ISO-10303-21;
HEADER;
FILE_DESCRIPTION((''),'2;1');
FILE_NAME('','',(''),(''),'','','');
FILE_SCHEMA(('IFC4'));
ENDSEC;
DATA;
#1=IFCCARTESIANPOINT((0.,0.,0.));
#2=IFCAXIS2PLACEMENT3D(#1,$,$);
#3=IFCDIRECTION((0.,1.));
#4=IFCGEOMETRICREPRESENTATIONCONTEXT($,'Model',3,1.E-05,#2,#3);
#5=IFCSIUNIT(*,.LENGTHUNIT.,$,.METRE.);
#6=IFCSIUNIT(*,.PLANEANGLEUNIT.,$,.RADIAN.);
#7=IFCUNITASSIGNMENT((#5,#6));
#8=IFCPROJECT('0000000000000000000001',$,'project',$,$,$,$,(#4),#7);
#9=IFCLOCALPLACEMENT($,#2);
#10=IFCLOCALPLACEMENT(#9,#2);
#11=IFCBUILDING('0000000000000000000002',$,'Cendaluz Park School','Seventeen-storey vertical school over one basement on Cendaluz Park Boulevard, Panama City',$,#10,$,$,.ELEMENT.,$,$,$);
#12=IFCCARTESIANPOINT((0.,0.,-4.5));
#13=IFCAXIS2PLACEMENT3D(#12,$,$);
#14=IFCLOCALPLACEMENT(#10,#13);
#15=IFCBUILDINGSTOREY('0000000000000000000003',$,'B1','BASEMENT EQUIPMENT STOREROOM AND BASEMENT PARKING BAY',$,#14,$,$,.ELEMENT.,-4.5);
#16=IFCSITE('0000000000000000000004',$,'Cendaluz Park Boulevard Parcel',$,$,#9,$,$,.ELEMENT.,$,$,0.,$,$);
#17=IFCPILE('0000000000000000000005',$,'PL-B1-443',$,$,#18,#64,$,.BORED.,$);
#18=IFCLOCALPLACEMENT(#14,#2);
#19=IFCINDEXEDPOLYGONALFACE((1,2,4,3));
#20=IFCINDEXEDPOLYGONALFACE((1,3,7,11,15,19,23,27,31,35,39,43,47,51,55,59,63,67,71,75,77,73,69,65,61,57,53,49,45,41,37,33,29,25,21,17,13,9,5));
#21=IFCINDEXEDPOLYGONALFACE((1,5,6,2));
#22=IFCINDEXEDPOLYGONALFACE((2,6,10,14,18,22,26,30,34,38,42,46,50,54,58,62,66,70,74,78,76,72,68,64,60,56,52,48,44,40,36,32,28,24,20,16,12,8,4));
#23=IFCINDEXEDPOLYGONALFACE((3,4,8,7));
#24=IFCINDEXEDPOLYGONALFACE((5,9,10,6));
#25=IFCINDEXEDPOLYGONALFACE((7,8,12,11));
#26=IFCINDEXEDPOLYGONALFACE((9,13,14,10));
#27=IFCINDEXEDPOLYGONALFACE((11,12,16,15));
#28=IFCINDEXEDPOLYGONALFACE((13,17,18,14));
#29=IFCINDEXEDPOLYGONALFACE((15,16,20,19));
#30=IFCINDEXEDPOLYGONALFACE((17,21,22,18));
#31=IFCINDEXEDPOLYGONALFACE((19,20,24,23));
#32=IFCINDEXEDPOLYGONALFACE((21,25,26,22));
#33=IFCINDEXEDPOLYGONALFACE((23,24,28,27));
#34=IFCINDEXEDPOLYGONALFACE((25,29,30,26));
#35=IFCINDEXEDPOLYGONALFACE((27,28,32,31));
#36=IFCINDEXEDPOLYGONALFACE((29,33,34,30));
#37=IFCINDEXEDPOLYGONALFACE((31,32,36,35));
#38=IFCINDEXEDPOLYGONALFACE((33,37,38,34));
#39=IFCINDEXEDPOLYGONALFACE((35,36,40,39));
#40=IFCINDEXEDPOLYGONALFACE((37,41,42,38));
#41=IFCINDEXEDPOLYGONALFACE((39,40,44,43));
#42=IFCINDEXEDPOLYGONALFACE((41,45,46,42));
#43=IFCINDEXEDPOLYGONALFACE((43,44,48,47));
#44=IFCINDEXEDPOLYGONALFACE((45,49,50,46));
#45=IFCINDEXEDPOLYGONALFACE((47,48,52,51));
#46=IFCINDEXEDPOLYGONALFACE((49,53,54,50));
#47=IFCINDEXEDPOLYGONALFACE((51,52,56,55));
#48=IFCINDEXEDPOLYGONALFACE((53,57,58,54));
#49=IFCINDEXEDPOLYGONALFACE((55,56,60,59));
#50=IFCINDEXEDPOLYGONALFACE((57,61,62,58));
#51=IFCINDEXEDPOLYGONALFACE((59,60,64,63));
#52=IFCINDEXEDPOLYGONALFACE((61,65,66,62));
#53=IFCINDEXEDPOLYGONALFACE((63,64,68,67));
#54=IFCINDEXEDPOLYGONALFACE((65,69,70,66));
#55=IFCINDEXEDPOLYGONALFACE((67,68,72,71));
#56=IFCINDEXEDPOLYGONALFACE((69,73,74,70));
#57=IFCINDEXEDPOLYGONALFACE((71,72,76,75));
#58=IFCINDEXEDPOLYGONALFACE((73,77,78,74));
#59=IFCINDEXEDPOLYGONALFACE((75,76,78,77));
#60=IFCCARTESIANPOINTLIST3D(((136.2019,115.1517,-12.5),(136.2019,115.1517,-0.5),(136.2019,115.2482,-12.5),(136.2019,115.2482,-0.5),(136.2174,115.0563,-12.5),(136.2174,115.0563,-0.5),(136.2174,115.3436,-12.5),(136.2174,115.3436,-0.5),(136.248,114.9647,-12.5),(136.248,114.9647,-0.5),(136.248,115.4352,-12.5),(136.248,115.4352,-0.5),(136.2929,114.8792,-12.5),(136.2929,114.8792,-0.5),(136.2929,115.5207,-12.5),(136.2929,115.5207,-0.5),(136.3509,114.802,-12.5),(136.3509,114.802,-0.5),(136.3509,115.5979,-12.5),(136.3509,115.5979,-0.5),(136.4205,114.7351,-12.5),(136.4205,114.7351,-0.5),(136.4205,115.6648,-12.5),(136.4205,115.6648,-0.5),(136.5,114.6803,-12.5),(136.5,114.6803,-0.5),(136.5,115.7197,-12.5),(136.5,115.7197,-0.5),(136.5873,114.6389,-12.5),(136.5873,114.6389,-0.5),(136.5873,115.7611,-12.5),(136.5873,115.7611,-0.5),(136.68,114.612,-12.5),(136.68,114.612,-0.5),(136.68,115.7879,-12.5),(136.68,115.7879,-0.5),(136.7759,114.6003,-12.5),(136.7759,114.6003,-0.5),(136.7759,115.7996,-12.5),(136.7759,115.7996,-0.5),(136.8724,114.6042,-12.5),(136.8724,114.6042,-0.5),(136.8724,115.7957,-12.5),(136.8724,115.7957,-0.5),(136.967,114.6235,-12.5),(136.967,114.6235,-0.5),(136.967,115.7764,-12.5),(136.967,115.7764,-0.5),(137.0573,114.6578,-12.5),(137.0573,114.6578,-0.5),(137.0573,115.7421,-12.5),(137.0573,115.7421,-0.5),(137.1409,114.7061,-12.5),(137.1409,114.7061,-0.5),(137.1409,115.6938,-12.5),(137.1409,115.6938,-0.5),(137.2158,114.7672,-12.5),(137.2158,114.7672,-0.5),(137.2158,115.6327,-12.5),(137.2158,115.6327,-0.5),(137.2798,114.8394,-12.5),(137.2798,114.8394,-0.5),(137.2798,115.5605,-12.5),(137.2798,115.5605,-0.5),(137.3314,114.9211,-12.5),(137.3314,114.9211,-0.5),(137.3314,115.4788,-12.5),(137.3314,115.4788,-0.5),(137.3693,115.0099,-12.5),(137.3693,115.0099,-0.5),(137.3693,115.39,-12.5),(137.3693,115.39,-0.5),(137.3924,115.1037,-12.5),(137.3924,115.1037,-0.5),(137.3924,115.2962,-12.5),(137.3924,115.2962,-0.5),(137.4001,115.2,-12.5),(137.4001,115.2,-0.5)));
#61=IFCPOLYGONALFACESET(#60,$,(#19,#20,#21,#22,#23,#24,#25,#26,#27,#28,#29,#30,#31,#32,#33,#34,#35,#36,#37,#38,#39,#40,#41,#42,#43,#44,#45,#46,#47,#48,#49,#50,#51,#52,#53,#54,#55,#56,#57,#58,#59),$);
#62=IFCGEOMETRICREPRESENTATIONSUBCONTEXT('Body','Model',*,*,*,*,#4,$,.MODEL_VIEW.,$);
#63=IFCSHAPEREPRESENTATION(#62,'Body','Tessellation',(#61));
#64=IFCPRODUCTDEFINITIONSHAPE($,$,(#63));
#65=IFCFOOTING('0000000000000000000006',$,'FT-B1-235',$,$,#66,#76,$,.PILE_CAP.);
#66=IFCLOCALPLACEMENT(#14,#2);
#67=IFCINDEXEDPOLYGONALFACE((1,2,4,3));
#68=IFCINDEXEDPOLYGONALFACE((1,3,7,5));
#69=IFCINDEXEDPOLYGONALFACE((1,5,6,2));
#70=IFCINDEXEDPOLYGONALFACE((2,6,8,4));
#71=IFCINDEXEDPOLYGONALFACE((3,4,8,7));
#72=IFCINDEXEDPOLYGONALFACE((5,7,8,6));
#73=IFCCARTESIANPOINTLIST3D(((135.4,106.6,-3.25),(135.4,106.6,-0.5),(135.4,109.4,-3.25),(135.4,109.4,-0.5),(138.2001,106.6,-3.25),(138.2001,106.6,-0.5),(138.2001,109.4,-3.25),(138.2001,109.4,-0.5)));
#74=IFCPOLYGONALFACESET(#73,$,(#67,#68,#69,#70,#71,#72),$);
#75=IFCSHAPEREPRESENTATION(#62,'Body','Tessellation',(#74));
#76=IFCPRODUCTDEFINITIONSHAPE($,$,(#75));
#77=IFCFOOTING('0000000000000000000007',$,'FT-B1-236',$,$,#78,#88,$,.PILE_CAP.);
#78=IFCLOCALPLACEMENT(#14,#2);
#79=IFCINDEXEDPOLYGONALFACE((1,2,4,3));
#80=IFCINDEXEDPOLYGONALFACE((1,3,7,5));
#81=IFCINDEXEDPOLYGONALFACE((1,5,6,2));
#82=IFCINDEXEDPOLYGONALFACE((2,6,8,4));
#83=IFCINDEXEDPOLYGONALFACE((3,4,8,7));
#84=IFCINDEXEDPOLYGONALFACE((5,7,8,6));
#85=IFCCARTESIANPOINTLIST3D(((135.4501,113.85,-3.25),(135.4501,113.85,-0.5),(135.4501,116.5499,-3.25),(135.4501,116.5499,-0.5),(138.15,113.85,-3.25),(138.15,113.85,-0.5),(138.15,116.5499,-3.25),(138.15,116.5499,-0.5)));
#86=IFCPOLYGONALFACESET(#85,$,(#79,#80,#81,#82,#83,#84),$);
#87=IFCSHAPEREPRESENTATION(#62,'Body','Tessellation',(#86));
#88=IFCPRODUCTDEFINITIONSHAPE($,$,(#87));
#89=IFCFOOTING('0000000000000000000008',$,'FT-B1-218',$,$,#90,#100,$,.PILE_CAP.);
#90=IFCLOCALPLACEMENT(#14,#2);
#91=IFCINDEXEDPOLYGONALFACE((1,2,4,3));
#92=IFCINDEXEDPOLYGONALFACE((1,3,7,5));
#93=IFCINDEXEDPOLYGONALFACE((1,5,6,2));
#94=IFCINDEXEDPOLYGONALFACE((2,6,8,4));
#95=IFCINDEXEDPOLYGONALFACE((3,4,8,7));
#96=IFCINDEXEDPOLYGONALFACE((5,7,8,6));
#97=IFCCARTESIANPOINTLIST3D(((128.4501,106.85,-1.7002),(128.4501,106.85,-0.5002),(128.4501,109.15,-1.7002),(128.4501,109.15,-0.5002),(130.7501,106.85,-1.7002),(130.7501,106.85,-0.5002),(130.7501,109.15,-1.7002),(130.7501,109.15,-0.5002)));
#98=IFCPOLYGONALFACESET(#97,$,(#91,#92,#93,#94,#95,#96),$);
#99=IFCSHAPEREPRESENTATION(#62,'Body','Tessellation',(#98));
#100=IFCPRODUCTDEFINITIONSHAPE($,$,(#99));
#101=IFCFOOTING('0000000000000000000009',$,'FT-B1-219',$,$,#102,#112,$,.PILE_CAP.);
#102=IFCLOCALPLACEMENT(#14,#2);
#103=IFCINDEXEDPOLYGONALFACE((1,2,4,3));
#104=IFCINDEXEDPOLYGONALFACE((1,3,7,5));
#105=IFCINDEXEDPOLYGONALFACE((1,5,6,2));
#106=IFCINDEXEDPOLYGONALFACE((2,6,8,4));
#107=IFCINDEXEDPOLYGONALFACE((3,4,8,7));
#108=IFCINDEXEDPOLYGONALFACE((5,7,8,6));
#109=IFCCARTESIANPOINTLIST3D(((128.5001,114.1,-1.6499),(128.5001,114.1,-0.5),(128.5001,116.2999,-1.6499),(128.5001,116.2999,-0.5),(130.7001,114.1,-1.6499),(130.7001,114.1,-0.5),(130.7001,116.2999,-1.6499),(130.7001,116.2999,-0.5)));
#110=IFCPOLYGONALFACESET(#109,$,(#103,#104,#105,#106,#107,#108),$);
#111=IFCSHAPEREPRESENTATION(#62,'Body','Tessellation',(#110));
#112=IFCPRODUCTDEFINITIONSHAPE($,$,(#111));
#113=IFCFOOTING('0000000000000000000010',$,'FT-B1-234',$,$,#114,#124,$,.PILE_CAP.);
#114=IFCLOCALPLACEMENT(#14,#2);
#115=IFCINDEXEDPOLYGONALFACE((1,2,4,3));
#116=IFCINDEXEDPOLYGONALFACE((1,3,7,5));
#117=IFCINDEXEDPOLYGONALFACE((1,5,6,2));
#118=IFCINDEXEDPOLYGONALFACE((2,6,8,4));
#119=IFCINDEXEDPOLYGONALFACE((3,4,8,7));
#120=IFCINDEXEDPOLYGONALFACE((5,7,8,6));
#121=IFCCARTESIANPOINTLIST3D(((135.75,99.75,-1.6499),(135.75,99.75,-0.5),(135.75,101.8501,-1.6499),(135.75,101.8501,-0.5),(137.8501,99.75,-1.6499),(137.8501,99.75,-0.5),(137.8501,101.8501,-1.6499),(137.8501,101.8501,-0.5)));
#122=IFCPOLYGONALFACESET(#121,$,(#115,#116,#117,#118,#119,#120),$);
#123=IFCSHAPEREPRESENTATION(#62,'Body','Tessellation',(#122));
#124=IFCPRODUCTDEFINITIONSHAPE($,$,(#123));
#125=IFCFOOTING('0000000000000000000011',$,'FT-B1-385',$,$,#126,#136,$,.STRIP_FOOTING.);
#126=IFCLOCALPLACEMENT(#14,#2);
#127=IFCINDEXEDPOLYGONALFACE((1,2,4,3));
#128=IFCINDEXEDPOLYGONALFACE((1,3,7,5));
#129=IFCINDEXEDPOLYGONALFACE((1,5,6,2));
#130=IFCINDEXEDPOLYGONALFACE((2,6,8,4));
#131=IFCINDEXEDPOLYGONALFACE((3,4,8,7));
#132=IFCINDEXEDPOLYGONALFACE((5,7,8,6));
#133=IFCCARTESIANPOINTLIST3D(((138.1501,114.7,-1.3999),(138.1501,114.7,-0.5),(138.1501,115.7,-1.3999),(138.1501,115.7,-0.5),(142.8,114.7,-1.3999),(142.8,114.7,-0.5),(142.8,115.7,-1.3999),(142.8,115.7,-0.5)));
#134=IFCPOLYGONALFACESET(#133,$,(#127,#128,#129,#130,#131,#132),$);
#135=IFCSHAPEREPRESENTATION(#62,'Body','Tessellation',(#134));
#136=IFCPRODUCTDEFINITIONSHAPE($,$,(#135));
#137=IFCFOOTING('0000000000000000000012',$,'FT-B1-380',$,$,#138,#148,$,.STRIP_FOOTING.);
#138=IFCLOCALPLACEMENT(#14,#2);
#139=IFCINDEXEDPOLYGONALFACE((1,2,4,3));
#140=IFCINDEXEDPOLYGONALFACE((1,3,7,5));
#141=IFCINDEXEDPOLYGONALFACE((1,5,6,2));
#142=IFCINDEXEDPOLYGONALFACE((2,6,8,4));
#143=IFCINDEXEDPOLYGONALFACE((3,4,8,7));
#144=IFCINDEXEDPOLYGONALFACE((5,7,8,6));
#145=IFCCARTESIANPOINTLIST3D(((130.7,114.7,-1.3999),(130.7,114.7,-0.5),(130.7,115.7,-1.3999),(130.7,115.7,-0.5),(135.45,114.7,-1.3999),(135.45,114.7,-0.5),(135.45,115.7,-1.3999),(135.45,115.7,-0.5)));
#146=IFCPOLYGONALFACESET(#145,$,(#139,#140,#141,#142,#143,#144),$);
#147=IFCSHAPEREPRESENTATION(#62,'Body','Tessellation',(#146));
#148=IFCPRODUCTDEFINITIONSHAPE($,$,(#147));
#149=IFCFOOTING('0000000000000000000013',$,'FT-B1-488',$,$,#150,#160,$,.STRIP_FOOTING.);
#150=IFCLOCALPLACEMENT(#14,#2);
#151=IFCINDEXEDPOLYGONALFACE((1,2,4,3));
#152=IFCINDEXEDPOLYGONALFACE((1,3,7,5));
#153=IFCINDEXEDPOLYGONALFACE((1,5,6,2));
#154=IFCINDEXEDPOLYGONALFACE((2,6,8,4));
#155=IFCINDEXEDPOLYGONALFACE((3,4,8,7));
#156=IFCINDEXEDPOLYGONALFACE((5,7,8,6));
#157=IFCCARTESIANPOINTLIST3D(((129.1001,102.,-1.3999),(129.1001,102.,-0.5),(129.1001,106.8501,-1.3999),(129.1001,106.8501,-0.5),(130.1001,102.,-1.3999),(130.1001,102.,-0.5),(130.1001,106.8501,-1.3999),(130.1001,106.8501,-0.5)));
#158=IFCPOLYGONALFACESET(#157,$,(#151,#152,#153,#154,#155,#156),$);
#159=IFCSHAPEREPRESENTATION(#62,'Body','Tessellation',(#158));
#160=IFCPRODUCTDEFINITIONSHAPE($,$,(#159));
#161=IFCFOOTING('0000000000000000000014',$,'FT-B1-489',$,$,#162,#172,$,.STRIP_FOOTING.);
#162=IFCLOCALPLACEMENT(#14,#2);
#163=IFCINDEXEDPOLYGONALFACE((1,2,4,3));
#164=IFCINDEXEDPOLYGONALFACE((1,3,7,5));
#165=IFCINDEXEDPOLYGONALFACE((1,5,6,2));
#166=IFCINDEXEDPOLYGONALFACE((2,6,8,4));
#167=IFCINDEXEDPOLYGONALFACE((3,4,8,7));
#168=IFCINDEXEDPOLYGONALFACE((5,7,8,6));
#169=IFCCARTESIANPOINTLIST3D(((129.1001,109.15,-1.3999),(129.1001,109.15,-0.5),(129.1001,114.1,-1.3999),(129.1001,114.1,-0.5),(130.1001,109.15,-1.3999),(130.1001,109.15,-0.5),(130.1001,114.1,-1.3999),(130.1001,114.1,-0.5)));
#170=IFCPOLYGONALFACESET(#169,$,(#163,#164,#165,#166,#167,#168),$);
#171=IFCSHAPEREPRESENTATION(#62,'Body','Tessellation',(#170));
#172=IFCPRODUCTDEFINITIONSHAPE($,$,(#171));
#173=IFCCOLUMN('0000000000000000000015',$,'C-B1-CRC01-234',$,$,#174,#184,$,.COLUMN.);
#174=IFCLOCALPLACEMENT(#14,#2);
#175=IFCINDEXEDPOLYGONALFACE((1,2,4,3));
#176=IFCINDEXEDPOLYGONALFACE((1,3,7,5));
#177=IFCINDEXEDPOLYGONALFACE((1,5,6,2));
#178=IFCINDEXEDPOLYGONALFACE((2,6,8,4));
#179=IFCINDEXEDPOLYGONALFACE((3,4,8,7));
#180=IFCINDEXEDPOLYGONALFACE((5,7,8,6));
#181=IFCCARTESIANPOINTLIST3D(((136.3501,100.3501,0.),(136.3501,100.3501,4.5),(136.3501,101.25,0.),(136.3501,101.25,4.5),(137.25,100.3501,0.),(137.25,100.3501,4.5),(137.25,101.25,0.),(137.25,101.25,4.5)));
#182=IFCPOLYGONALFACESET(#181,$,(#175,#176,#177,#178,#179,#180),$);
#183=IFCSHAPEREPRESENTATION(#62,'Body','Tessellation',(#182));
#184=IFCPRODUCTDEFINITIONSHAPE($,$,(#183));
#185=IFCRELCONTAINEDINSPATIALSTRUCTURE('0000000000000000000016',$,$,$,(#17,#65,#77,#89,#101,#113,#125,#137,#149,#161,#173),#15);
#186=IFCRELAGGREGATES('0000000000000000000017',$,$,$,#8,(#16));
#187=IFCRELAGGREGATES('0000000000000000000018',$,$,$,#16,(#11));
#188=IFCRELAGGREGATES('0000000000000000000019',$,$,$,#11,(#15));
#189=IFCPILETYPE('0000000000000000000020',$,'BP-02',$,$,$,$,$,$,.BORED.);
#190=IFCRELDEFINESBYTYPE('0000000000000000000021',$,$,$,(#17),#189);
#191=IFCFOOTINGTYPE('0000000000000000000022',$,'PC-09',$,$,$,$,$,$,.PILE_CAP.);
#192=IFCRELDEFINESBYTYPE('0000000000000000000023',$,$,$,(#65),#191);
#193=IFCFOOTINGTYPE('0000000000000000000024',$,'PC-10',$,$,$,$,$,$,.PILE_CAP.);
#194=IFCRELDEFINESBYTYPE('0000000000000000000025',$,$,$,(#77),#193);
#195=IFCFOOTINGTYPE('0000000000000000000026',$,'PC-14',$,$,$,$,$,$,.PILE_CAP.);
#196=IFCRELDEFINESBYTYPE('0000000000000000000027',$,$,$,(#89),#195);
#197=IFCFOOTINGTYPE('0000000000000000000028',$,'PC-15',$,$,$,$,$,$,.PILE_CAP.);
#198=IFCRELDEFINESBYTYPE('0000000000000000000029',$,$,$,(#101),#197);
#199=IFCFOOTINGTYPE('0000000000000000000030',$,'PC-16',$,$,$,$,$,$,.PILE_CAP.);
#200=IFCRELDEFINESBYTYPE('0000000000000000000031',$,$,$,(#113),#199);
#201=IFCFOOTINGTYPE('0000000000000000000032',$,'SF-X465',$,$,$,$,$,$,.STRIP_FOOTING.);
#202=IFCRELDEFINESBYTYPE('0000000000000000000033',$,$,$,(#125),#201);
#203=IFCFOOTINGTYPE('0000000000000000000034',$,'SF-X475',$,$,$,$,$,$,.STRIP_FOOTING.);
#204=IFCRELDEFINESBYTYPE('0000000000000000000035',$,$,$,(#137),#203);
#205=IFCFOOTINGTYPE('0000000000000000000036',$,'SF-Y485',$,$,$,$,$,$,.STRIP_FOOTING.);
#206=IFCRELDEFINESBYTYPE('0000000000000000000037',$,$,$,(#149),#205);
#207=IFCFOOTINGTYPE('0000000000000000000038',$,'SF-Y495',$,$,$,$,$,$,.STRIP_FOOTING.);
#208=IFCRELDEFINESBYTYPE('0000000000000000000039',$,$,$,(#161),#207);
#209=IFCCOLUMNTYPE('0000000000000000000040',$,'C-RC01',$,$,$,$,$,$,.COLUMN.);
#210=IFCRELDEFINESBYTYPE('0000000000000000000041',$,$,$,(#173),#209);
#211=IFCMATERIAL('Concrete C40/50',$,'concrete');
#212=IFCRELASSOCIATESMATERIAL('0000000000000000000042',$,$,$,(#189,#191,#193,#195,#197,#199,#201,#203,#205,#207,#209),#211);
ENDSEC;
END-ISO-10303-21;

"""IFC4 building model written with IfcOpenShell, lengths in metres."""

from ifc_helpers import new_model, si_unit, direction, frame, origin, origin_2d, place, context, subcontext, project, spatial, rectangle, circle, extrude, material, material_profile, profile_set, type_object, element, save


model = new_model("IFC4")

# Units and contexts
model_context = context("Model", 3, precision=1e-05, world=origin(), true_north=direction((0.0, 1.0)))
body_context = subcontext(model_context, "Body", "Model", "MODEL_VIEW")
ifc_project = project(units=[si_unit("LENGTHUNIT", "METRE"), si_unit("PLANEANGLEUNIT", "RADIAN")], contexts=[model_context])

# Site, building, storey
site_placement = place(None, origin())
site = spatial("IfcSite", under=ifc_project, at=site_placement, Name="Cendaluz Park Boulevard Parcel", CompositionType="ELEMENT", RefElevation=0.0)
building_placement = place(site_placement, origin())
building = spatial("IfcBuilding", under=site, at=building_placement, Name="Cendaluz Park School", Description="Seventeen-storey vertical school over one basement on Cendaluz Park Boulevard, Panama City", CompositionType="ELEMENT")
storey_placement = place(building_placement, frame((0.0, 0.0, -4.5)))
storey = spatial("IfcBuildingStorey", under=building, at=storey_placement, Name="B1", Description="BASEMENT EQUIPMENT STOREROOM AND BASEMENT PARKING BAY", CompositionType="ELEMENT", Elevation=-4.5)

# Pile
ifc_material_1 = material(Name="Concrete C40/50", Category="concrete")
ifc_material_profile_1 = material_profile(ifc_material_1, circle(Radius=0.6001, at=origin_2d()), Name="BP D1200", Category="concrete")
ifc_profile_set_1 = profile_set([ifc_material_profile_1], Name="Concrete C40/50")
pile_type_1 = type_object("IfcPileType", Name="BP-02", PredefinedType="BORED", material=ifc_profile_set_1)
for number, where, z_axis, x_axis, name in (
    (1, (136.8, 115.2, -0.5), (0.0, 0.0, -1.0), (1.0, 0.0, 0.0), "PL-B1-443"),
):
    element("IfcPile", number, at=place(storey_placement, frame(where, z_axis=z_axis, x_axis=x_axis)), inside=storey, type_object=pile_type_1, Name=name, PredefinedType="BORED", context=body_context, shape_type="SweptSolid", body=[
        extrude(circle(Radius=0.6001, at=origin_2d()), origin(), (0.0, 0.0, 1.0), 12.0),
    ])

# Footings
footing_type_1 = type_object("IfcFootingType", Name="PC-09", PredefinedType="PILE_CAP", material=ifc_material_1)
footing_1_placement = place(storey_placement, frame((136.8, 108.0, -3.25), z_axis=(0.0, 0.0, 1.0), x_axis=(1.0, 0.0, 0.0)))
element("IfcFooting", 2, at=footing_1_placement, inside=storey, type_object=footing_type_1, Name="FT-B1-235", PredefinedType="PILE_CAP", context=body_context, shape_type="SweptSolid", body=[
    extrude(rectangle(XDim=2.8, YDim=2.8, at=origin_2d()), origin(), (0.0, 0.0, 1.0), 2.75),
])
footing_type_2 = type_object("IfcFootingType", Name="PC-10", PredefinedType="PILE_CAP", material=ifc_material_1)
footing_2_placement = place(storey_placement, frame((136.8, 115.2, -3.25), z_axis=(0.0, 0.0, 1.0), x_axis=(1.0, 0.0, 0.0)))
element("IfcFooting", 3, at=footing_2_placement, inside=storey, type_object=footing_type_2, Name="FT-B1-236", PredefinedType="PILE_CAP", context=body_context, shape_type="SweptSolid", body=[
    extrude(rectangle(XDim=2.7, YDim=2.7, at=origin_2d()), origin(), (0.0, 0.0, 1.0), 2.75),
])
footing_type_3 = type_object("IfcFootingType", Name="PC-14", PredefinedType="PILE_CAP", material=ifc_material_1)
footing_3_placement = place(storey_placement, frame((129.6001, 108.0, -1.7002), z_axis=(0.0, 0.0, 1.0), x_axis=(1.0, 0.0, 0.0)))
element("IfcFooting", 4, at=footing_3_placement, inside=storey, type_object=footing_type_3, Name="FT-B1-218", PredefinedType="PILE_CAP", context=body_context, shape_type="SweptSolid", body=[
    extrude(rectangle(XDim=2.3, YDim=2.3, at=origin_2d()), origin(), (0.0, 0.0, 1.0), 1.2),
])
footing_type_4 = type_object("IfcFootingType", Name="PC-15", PredefinedType="PILE_CAP", material=ifc_material_1)
footing_4_placement = place(storey_placement, frame((129.6001, 115.2, -1.6499), z_axis=(0.0, 0.0, 1.0), x_axis=(1.0, 0.0, 0.0)))
element("IfcFooting", 5, at=footing_4_placement, inside=storey, type_object=footing_type_4, Name="FT-B1-219", PredefinedType="PILE_CAP", context=body_context, shape_type="SweptSolid", body=[
    extrude(rectangle(XDim=2.2, YDim=2.2, at=origin_2d()), origin(), (0.0, 0.0, 1.0), 1.1499),
])
footing_type_5 = type_object("IfcFootingType", Name="PC-16", PredefinedType="PILE_CAP", material=ifc_material_1)
footing_5_placement = place(storey_placement, frame((136.8, 100.8, -1.6499), z_axis=(0.0, 0.0, 1.0), x_axis=(1.0, 0.0, 0.0)))
element("IfcFooting", 6, at=footing_5_placement, inside=storey, type_object=footing_type_5, Name="FT-B1-234", PredefinedType="PILE_CAP", context=body_context, shape_type="SweptSolid", body=[
    extrude(rectangle(XDim=2.1001, YDim=2.1001, at=origin_2d()), origin(), (0.0, 0.0, 1.0), 1.1499),
])
footing_type_6 = type_object("IfcFootingType", Name="SF-X465", PredefinedType="STRIP_FOOTING", material=ifc_material_1)
footing_6_placement = place(storey_placement, frame((140.4751, 115.2, -1.3999), z_axis=(0.0, 0.0, 1.0), x_axis=(1.0, 0.0, 0.0)))
element("IfcFooting", 7, at=footing_6_placement, inside=storey, type_object=footing_type_6, Name="FT-B1-385", PredefinedType="STRIP_FOOTING", context=body_context, shape_type="SweptSolid", body=[
    extrude(rectangle(XDim=4.6499, YDim=1.0, at=origin_2d()), origin(), (0.0, 0.0, 1.0), 0.8999),
])
footing_type_7 = type_object("IfcFootingType", Name="SF-X475", PredefinedType="STRIP_FOOTING", material=ifc_material_1)
footing_7_placement = place(storey_placement, frame((133.075, 115.2, -1.3999), z_axis=(0.0, 0.0, 1.0), x_axis=(1.0, 0.0, 0.0)))
element("IfcFooting", 8, at=footing_7_placement, inside=storey, type_object=footing_type_7, Name="FT-B1-380", PredefinedType="STRIP_FOOTING", context=body_context, shape_type="SweptSolid", body=[
    extrude(rectangle(XDim=4.75, YDim=1.0, at=origin_2d()), origin(), (0.0, 0.0, 1.0), 0.8999),
])
footing_type_8 = type_object("IfcFootingType", Name="SF-Y485", PredefinedType="STRIP_FOOTING", material=ifc_material_1)
footing_8_placement = place(storey_placement, frame((129.6001, 104.425, -1.3999), z_axis=(0.0, 0.0, 1.0), x_axis=(1.0, 0.0, 0.0)))
element("IfcFooting", 9, at=footing_8_placement, inside=storey, type_object=footing_type_8, Name="FT-B1-488", PredefinedType="STRIP_FOOTING", context=body_context, shape_type="SweptSolid", body=[
    extrude(rectangle(XDim=1.0, YDim=4.8501, at=origin_2d()), origin(), (0.0, 0.0, 1.0), 0.8999),
])
footing_type_9 = type_object("IfcFootingType", Name="SF-Y495", PredefinedType="STRIP_FOOTING", material=ifc_material_1)
footing_9_placement = place(storey_placement, frame((129.6001, 111.625, -1.3999), z_axis=(0.0, 0.0, 1.0), x_axis=(1.0, 0.0, 0.0)))
element("IfcFooting", 10, at=footing_9_placement, inside=storey, type_object=footing_type_9, Name="FT-B1-489", PredefinedType="STRIP_FOOTING", context=body_context, shape_type="SweptSolid", body=[
    extrude(rectangle(XDim=1.0, YDim=4.95, at=origin_2d()), origin(), (0.0, 0.0, 1.0), 0.8999),
])

# Column
ifc_material_profile_2 = material_profile(ifc_material_1, rectangle(XDim=0.8999, YDim=0.8999, at=origin_2d()), Name="RC 900x900", Category="concrete")
ifc_profile_set_2 = profile_set([ifc_material_profile_2], Name="Concrete C40/50")
column_type_1 = type_object("IfcColumnType", Name="C-RC01", PredefinedType="COLUMN", material=ifc_profile_set_2)
for number, where, z_axis, x_axis, name in (
    (11, (136.8, 100.8, 0.0), (0.0, 0.0, 1.0), (1.0, 0.0, 0.0), "C-B1-CRC01-234"),
):
    element("IfcColumn", number, at=place(storey_placement, frame(where, z_axis=z_axis, x_axis=x_axis)), inside=storey, type_object=column_type_1, Name=name, PredefinedType="COLUMN", context=body_context, shape_type="SweptSolid", body=[
        extrude(rectangle(XDim=0.8999, YDim=0.8999, at=origin_2d()), origin(), (0.0, 0.0, 1.0), 4.5),
    ])

save(model, "model.ifc")
